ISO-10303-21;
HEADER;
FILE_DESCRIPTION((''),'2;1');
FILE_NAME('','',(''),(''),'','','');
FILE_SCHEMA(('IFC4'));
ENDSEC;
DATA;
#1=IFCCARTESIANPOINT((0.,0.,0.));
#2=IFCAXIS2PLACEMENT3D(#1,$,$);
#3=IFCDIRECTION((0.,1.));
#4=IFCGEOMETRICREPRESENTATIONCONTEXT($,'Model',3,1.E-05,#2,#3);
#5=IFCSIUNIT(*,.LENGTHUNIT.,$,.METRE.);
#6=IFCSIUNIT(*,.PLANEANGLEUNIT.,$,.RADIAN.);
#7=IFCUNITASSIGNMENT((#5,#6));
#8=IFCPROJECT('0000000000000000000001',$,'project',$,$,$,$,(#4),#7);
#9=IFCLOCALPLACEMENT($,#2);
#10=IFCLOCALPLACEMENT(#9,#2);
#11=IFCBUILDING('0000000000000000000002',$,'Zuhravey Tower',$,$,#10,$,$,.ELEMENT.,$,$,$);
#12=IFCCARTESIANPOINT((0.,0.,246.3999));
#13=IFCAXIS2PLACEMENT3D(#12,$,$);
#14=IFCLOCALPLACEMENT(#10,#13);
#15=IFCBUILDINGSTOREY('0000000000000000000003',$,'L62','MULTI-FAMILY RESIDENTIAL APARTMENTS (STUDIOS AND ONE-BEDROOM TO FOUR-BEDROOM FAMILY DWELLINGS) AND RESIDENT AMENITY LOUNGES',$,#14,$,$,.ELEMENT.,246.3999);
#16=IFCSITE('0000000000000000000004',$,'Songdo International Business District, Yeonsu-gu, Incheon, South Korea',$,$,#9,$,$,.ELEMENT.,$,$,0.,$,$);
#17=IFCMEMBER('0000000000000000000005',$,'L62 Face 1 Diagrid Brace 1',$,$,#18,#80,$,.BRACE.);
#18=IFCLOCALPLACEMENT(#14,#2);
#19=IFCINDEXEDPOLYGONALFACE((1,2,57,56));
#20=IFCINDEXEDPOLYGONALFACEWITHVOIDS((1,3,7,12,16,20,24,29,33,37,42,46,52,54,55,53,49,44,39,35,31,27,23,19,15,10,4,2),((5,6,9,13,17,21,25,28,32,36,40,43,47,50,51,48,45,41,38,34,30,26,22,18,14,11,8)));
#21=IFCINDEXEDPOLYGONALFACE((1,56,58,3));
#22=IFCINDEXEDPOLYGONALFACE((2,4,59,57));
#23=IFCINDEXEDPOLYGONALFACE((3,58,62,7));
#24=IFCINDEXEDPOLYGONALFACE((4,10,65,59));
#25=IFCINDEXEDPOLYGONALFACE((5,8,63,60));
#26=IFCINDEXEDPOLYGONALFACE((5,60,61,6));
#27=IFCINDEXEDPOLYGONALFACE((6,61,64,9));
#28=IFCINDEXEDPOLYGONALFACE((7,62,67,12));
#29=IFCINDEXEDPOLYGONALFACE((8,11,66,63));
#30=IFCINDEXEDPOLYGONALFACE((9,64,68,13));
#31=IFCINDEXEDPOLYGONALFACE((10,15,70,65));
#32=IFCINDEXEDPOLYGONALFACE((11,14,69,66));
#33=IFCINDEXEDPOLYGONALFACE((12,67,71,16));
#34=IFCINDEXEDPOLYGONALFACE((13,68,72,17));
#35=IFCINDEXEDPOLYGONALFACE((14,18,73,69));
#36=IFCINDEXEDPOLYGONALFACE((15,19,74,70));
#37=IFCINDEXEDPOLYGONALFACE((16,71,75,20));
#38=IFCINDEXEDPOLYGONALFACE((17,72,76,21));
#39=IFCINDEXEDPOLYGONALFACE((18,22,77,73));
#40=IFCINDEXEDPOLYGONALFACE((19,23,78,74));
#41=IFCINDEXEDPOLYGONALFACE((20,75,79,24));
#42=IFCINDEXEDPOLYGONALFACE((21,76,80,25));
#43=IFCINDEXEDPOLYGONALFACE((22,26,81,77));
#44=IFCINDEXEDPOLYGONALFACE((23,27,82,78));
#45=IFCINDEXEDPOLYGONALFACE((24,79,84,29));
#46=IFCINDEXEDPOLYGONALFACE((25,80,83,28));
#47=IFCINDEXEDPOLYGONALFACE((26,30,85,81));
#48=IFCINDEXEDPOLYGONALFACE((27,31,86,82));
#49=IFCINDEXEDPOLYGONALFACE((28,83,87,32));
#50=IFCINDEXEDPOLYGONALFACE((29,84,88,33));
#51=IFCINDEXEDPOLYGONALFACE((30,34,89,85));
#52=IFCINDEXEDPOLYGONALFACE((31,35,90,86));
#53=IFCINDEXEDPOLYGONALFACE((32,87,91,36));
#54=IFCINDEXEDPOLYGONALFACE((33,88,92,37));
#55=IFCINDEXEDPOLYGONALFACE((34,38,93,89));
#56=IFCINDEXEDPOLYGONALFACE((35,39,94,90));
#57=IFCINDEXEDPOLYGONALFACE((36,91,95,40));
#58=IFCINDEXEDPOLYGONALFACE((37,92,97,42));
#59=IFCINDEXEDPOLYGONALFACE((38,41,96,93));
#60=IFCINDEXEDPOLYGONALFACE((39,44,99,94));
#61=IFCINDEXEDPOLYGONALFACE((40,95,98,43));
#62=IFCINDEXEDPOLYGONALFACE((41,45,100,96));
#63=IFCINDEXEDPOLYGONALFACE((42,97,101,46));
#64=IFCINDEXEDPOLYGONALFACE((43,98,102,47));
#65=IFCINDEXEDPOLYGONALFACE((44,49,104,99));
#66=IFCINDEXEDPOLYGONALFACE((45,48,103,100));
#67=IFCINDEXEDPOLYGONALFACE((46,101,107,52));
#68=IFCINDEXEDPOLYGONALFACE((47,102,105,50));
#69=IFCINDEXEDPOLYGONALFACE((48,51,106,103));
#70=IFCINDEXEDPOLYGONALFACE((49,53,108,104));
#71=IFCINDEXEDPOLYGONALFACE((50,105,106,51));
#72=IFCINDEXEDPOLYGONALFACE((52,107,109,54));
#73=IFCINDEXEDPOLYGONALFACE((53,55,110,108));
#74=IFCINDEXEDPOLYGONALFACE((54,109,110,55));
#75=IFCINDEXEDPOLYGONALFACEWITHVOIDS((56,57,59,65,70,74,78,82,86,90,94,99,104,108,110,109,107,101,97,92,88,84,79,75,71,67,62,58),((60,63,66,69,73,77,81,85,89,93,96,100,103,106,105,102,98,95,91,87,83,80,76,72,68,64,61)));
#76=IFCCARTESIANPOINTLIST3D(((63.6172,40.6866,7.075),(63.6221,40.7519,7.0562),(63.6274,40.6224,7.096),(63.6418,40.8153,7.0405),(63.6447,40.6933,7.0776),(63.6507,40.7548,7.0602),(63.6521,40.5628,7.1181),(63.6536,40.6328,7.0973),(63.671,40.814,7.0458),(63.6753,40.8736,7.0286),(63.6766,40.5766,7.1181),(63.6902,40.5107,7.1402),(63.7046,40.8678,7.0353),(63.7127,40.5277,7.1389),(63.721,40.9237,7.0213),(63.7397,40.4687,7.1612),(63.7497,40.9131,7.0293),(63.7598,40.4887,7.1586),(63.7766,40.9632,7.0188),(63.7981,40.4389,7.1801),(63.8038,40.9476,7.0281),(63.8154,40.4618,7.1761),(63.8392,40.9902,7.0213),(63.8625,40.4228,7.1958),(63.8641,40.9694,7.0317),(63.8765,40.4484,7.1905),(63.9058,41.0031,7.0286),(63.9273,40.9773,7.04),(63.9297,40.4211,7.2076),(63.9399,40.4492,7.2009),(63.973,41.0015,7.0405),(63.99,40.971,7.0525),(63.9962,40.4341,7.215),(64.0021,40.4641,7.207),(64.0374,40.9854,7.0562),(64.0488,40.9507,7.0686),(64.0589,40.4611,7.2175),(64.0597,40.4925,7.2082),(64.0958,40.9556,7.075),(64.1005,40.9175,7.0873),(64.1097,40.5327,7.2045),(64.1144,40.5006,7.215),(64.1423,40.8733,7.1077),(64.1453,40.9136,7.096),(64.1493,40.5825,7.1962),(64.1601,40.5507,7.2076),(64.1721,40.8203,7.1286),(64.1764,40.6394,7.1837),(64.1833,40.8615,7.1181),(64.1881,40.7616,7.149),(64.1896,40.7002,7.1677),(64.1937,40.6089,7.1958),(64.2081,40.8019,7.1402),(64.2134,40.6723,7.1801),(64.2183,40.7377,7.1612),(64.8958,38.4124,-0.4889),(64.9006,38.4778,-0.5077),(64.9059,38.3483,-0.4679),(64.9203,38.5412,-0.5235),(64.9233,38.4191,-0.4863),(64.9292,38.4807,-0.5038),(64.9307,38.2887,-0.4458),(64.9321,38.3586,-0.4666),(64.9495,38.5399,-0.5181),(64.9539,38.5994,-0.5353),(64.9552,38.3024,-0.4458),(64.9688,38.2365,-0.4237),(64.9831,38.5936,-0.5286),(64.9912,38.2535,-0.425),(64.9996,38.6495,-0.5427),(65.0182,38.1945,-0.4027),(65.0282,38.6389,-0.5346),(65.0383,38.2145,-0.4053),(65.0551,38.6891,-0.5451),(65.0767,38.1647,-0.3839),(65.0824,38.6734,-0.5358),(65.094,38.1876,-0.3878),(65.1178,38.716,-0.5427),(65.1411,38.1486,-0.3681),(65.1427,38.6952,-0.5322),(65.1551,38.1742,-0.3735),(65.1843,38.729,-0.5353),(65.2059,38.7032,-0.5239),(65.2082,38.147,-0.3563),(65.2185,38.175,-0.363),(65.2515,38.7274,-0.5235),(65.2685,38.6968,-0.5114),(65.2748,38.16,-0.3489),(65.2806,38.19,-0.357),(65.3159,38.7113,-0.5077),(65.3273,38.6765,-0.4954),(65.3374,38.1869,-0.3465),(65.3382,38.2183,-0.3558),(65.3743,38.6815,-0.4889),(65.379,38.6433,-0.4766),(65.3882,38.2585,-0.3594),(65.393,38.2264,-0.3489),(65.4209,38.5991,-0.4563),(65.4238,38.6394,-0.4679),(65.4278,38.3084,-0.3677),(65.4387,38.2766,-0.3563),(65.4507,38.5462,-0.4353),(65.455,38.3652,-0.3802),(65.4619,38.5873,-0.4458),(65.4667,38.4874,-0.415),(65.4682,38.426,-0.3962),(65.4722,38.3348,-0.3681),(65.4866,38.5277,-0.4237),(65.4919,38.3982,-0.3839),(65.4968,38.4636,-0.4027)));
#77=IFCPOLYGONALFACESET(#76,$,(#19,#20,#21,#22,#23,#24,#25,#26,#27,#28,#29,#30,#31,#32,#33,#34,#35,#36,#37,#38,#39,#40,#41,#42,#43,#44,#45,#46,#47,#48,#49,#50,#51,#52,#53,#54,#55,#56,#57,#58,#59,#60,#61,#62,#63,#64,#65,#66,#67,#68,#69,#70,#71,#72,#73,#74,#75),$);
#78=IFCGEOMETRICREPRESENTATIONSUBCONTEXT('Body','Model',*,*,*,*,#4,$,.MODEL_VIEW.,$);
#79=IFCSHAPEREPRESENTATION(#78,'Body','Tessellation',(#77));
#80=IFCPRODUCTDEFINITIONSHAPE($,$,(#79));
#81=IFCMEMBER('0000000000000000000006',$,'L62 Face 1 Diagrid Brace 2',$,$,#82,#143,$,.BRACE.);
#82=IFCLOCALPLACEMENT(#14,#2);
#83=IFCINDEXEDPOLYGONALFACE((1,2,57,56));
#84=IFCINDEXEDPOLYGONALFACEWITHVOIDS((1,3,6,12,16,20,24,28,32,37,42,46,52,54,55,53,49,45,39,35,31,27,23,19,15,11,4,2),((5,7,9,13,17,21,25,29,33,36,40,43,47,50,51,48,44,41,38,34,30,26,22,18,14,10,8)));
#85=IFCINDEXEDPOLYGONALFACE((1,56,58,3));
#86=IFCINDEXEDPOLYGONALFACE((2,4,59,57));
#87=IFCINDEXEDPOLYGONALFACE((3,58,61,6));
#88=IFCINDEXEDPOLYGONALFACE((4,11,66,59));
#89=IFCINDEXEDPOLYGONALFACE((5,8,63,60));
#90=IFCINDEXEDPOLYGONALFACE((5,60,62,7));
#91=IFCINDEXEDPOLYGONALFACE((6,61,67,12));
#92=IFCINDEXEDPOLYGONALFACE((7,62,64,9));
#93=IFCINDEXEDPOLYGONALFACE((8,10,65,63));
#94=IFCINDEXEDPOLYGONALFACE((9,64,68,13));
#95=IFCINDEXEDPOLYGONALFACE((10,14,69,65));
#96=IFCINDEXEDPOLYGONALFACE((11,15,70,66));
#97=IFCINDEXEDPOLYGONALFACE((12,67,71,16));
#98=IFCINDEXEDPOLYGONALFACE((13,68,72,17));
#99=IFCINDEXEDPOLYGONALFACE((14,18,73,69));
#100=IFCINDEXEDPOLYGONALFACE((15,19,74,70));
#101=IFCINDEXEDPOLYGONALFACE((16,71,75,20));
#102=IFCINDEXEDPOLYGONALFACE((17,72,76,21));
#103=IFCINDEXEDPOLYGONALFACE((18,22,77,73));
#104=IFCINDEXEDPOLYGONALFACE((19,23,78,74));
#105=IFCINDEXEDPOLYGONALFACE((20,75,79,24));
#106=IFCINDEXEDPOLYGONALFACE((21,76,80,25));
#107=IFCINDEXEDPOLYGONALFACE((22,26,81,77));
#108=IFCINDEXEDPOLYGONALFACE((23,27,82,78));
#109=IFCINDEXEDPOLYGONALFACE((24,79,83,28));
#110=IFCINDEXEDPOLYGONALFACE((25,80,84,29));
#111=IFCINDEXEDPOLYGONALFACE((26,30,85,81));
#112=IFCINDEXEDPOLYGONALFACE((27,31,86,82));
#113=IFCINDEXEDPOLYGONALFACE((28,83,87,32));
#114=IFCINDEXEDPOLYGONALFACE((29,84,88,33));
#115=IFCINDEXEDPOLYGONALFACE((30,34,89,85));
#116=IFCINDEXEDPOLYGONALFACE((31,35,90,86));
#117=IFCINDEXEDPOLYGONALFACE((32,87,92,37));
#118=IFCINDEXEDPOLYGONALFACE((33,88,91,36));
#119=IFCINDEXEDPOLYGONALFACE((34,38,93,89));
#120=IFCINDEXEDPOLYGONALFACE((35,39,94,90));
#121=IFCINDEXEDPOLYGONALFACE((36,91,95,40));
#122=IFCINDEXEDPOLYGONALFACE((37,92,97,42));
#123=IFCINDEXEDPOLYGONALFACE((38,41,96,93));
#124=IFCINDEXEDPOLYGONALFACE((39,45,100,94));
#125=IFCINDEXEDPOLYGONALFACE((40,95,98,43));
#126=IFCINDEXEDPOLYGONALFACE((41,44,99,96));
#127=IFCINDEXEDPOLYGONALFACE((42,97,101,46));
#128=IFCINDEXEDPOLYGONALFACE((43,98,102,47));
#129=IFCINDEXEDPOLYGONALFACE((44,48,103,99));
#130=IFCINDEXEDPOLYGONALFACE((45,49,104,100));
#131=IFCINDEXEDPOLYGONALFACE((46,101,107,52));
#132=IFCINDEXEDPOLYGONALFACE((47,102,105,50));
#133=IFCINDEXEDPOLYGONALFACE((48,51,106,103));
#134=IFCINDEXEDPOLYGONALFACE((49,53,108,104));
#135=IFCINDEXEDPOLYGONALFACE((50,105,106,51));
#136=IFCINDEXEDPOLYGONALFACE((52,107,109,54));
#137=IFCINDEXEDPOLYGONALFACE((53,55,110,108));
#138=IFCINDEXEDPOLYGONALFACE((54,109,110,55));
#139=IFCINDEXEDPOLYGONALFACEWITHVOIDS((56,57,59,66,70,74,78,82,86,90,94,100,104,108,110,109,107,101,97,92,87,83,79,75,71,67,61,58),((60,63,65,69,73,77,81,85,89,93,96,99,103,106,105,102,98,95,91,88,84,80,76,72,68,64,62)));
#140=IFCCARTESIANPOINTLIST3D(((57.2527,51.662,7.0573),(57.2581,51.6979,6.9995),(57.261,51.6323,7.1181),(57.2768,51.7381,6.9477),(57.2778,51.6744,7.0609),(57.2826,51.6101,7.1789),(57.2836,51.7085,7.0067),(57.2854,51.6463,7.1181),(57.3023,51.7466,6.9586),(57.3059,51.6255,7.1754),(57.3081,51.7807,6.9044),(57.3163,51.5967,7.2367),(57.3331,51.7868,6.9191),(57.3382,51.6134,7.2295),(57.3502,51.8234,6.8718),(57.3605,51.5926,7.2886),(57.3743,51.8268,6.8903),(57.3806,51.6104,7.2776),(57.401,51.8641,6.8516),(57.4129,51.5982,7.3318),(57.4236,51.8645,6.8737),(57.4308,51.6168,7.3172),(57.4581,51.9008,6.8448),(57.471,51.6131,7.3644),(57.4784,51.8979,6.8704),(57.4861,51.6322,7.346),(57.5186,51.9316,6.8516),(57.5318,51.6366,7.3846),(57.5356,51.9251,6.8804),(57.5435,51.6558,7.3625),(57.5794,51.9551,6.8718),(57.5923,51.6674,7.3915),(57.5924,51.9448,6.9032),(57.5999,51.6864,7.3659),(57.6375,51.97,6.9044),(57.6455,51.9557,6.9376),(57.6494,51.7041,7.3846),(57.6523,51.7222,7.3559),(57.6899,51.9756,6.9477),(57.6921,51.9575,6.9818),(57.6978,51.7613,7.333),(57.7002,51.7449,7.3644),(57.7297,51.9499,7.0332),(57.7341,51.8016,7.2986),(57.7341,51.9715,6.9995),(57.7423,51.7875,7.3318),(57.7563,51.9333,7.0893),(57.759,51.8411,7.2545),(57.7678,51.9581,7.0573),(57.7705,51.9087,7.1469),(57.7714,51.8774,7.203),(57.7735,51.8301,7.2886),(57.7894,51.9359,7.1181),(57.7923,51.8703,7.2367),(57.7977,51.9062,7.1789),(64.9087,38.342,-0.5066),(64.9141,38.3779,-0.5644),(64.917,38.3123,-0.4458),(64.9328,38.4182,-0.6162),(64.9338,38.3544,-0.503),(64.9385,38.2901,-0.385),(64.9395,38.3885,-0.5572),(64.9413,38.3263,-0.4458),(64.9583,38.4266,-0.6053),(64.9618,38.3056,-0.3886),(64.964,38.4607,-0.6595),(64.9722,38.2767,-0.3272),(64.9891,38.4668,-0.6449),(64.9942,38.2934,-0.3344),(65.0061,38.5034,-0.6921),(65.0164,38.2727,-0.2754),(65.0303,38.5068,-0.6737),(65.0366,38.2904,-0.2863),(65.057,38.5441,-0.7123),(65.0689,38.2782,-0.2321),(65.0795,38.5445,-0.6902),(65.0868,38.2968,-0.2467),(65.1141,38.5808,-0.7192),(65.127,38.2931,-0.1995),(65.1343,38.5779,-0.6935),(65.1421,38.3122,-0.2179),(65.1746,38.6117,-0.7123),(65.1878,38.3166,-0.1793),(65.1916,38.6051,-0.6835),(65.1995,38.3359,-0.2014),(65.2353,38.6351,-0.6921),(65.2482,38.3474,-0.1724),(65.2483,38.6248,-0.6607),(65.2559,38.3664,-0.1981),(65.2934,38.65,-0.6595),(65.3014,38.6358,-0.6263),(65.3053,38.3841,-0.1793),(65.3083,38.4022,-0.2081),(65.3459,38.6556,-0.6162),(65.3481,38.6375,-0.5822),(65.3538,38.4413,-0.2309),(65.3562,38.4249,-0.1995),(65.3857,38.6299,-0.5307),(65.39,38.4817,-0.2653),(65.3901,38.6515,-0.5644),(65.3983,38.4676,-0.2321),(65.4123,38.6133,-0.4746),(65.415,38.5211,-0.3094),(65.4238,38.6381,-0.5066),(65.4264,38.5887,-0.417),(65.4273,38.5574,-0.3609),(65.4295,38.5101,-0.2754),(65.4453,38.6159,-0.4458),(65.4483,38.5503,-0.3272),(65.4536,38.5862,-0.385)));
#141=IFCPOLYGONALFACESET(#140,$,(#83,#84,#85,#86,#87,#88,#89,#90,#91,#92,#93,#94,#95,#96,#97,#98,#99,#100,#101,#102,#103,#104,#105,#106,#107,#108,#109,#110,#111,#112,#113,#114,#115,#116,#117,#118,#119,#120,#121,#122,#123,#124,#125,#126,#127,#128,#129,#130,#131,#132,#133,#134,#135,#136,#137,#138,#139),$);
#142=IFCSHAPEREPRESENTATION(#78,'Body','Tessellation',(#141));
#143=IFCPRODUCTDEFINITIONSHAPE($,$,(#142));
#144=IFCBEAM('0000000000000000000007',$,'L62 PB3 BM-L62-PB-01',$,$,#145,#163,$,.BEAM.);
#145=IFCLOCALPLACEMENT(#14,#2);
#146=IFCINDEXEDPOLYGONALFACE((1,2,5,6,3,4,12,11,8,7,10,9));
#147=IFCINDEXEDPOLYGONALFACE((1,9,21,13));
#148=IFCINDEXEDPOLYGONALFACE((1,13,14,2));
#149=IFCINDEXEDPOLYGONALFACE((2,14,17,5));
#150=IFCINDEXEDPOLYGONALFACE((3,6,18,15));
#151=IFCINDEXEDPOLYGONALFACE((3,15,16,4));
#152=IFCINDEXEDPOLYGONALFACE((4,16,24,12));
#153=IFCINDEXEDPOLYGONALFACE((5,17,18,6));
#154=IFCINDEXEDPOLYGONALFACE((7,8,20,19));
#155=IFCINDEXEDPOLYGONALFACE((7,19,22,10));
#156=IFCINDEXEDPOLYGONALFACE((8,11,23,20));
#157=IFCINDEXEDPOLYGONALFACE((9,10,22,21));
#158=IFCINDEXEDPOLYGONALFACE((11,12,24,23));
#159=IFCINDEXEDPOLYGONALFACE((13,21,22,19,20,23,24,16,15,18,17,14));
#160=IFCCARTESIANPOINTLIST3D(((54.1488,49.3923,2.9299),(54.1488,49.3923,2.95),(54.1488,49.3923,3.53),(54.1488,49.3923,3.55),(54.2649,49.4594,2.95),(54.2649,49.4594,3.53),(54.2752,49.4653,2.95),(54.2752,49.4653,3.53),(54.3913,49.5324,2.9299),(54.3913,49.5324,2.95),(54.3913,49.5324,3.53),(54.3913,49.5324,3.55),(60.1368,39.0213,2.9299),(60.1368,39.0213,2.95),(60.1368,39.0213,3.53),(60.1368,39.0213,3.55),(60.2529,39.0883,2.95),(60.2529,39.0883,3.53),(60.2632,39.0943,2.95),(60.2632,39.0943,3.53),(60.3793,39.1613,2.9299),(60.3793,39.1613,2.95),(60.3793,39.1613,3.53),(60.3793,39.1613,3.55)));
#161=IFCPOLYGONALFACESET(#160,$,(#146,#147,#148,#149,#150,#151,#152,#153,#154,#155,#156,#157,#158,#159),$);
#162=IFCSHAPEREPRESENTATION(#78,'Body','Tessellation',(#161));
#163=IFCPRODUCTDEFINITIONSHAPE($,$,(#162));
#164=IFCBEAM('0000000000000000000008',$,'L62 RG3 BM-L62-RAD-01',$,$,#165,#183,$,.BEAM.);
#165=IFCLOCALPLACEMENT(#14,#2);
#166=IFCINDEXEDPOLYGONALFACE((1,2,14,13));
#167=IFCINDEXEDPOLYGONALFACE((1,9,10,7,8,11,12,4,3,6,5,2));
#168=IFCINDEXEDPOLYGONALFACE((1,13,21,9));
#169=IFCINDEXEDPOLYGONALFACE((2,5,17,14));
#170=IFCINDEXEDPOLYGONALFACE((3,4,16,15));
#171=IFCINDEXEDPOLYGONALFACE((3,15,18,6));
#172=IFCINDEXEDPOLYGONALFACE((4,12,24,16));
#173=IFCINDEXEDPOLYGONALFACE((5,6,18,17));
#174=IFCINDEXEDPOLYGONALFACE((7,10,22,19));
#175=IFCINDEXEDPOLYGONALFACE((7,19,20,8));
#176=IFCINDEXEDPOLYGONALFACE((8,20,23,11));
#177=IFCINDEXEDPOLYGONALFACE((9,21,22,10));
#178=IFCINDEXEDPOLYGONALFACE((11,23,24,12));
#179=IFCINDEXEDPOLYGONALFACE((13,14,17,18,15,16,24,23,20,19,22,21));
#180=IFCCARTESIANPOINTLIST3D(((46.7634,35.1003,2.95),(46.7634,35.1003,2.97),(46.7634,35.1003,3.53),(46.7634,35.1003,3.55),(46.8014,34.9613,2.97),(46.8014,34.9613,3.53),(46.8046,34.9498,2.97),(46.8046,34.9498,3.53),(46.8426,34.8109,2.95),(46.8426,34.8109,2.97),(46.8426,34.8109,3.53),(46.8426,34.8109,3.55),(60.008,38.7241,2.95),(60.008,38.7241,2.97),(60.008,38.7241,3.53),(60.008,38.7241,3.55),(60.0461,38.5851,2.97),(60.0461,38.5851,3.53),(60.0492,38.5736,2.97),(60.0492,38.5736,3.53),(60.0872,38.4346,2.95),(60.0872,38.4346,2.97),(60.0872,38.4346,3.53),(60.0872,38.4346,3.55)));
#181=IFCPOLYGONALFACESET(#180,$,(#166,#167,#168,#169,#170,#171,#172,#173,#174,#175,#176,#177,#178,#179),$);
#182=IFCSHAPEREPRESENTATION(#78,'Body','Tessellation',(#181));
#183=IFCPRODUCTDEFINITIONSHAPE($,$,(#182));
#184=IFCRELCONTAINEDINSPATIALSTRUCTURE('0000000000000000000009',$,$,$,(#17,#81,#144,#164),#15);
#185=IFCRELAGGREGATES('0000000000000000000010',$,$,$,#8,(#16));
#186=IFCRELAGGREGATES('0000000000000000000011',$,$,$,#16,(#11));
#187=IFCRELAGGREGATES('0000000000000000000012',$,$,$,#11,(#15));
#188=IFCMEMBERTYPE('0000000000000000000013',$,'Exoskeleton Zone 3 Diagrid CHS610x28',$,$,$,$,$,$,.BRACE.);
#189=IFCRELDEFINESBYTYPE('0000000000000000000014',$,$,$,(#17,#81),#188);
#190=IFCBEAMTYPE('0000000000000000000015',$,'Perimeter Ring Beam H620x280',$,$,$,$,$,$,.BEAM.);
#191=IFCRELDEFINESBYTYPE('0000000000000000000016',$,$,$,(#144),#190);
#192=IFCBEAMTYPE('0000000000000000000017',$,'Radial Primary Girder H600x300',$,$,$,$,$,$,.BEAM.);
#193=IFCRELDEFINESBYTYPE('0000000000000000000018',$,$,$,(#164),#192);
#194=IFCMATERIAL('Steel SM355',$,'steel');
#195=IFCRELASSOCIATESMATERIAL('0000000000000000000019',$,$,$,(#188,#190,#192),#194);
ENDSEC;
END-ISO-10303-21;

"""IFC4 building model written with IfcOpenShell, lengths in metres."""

from ifc_helpers import new_model, si_unit, direction, frame, origin, origin_2d, place, context, subcontext, project, spatial, hollow_circle, i_section, extrude, material, material_profile, profile_set, type_object, element, save


model = new_model("IFC4")

# Units and contexts
model_context = context("Model", 3, precision=1e-05, world=origin(), true_north=direction((0.0, 1.0)))
body_context = subcontext(model_context, "Body", "Model", "MODEL_VIEW")
ifc_project = project(units=[si_unit("LENGTHUNIT", "METRE"), si_unit("PLANEANGLEUNIT", "RADIAN")], contexts=[model_context])

# Site, building, storey
site_placement = place(None, origin())
site = spatial("IfcSite", under=ifc_project, at=site_placement, Name="Songdo International Business District, Yeonsu-gu, Incheon, South Korea", CompositionType="ELEMENT", RefElevation=0.0)
building_placement = place(site_placement, origin())
building = spatial("IfcBuilding", under=site, at=building_placement, Name="Zuhravey Tower", CompositionType="ELEMENT")
storey_placement = place(building_placement, frame((0.0, 0.0, 246.3999)))
storey = spatial("IfcBuildingStorey", under=building, at=storey_placement, Name="L62", Description="MULTI-FAMILY RESIDENTIAL APARTMENTS (STUDIOS AND ONE-BEDROOM TO FOUR-BEDROOM FAMILY DWELLINGS) AND RESIDENT AMENITY LOUNGES", CompositionType="ELEMENT", Elevation=246.3999)

# Members
ifc_material_1 = material(Name="Steel SM355", Category="steel")
ifc_material_profile_1 = material_profile(ifc_material_1, hollow_circle(Radius=0.3047, WallThickness=0.0281, at=origin_2d()), Name="CHS-609.6x28")
ifc_profile_set_1 = profile_set([ifc_material_profile_1], Name="Steel SM355")
member_type_1 = type_object("IfcMemberType", Name="Exoskeleton Zone 3 Diagrid CHS610x28", PredefinedType="BRACE", material=ifc_profile_set_1)
member_1_placement = place(storey_placement, frame((65.1963, 38.438, -0.4458), z_axis=(-0.159795, 0.284227, 0.945347), x_axis=(-0.871683, -0.49007, 0.0)))
element("IfcMember", 1, at=member_1_placement, inside=storey, type_object=member_type_1, Name="L62 Face 1 Diagrid Brace 1", PredefinedType="BRACE", context=body_context, shape_type="SweptSolid", body=[
    extrude(hollow_circle(Radius=0.3047, WallThickness=0.0281, at=origin_2d()), origin(), (0.0, 0.0, 1.0), 8.0012),
])
member_2_placement = place(storey_placement, frame((65.1812, 38.4641, -0.4458), z_axis=(-0.447076, 0.777832, 0.441701), x_axis=(-0.866992, -0.498323, 0.0)))
element("IfcMember", 2, at=member_2_placement, inside=storey, type_object=member_type_1, Name="L62 Face 1 Diagrid Brace 2", PredefinedType="BRACE", context=body_context, shape_type="SweptSolid", body=[
    extrude(hollow_circle(Radius=0.3047, WallThickness=0.0281, at=origin_2d()), origin(), (0.0, 0.0, 1.0), 17.1245),
])

# Beams
ifc_material_profile_2 = material_profile(ifc_material_1, i_section(OverallWidth=0.28, OverallDepth=0.6201, WebThickness=0.012, FlangeThickness=0.02, at=origin_2d()), Name="H-620x280x12x20")
ifc_profile_set_2 = profile_set([ifc_material_profile_2], Name="Steel SM355")
beam_type_1 = type_object("IfcBeamType", Name="Perimeter Ring Beam H620x280", PredefinedType="BEAM", material=ifc_profile_set_2)
beam_1_placement = place(storey_placement, frame((60.2581, 39.0913, 3.24), z_axis=(-0.500018, 0.866015, 0.0), x_axis=(-0.866015, -0.500018, 0.0)))
element("IfcBeam", 3, at=beam_1_placement, inside=storey, type_object=beam_type_1, Name="L62 PB3 BM-L62-PB-01", PredefinedType="BEAM", context=body_context, shape_type="SweptSolid", body=[
    extrude(i_section(OverallWidth=0.28, OverallDepth=0.6201, WebThickness=0.012, FlangeThickness=0.02, at=origin_2d()), origin(), (0.0, 0.0, 1.0), 11.9756),
])
ifc_material_profile_3 = material_profile(ifc_material_1, i_section(OverallWidth=0.3, OverallDepth=0.6001, WebThickness=0.012, FlangeThickness=0.02, at=origin_2d()), Name="H-600x300x12x20")
ifc_profile_set_3 = profile_set([ifc_material_profile_3], Name="Steel SM355")
beam_type_2 = type_object("IfcBeamType", Name="Radial Primary Girder H600x300", PredefinedType="BEAM", material=ifc_profile_set_3)
beam_2_placement = place(storey_placement, frame((46.803, 34.9556, 3.25), z_axis=(0.964549, 0.263904, 0.0), x_axis=(-0.263904, 0.964549, 0.0)))
element("IfcBeam", 4, at=beam_2_placement, inside=storey, type_object=beam_type_2, Name="L62 RG3 BM-L62-RAD-01", PredefinedType="BEAM", context=body_context, shape_type="SweptSolid", body=[
    extrude(i_section(OverallWidth=0.3, OverallDepth=0.6001, WebThickness=0.012, FlangeThickness=0.02, at=origin_2d()), origin(), (0.0, 0.0, 1.0), 13.7314),
])

save(model, "model.ifc")
